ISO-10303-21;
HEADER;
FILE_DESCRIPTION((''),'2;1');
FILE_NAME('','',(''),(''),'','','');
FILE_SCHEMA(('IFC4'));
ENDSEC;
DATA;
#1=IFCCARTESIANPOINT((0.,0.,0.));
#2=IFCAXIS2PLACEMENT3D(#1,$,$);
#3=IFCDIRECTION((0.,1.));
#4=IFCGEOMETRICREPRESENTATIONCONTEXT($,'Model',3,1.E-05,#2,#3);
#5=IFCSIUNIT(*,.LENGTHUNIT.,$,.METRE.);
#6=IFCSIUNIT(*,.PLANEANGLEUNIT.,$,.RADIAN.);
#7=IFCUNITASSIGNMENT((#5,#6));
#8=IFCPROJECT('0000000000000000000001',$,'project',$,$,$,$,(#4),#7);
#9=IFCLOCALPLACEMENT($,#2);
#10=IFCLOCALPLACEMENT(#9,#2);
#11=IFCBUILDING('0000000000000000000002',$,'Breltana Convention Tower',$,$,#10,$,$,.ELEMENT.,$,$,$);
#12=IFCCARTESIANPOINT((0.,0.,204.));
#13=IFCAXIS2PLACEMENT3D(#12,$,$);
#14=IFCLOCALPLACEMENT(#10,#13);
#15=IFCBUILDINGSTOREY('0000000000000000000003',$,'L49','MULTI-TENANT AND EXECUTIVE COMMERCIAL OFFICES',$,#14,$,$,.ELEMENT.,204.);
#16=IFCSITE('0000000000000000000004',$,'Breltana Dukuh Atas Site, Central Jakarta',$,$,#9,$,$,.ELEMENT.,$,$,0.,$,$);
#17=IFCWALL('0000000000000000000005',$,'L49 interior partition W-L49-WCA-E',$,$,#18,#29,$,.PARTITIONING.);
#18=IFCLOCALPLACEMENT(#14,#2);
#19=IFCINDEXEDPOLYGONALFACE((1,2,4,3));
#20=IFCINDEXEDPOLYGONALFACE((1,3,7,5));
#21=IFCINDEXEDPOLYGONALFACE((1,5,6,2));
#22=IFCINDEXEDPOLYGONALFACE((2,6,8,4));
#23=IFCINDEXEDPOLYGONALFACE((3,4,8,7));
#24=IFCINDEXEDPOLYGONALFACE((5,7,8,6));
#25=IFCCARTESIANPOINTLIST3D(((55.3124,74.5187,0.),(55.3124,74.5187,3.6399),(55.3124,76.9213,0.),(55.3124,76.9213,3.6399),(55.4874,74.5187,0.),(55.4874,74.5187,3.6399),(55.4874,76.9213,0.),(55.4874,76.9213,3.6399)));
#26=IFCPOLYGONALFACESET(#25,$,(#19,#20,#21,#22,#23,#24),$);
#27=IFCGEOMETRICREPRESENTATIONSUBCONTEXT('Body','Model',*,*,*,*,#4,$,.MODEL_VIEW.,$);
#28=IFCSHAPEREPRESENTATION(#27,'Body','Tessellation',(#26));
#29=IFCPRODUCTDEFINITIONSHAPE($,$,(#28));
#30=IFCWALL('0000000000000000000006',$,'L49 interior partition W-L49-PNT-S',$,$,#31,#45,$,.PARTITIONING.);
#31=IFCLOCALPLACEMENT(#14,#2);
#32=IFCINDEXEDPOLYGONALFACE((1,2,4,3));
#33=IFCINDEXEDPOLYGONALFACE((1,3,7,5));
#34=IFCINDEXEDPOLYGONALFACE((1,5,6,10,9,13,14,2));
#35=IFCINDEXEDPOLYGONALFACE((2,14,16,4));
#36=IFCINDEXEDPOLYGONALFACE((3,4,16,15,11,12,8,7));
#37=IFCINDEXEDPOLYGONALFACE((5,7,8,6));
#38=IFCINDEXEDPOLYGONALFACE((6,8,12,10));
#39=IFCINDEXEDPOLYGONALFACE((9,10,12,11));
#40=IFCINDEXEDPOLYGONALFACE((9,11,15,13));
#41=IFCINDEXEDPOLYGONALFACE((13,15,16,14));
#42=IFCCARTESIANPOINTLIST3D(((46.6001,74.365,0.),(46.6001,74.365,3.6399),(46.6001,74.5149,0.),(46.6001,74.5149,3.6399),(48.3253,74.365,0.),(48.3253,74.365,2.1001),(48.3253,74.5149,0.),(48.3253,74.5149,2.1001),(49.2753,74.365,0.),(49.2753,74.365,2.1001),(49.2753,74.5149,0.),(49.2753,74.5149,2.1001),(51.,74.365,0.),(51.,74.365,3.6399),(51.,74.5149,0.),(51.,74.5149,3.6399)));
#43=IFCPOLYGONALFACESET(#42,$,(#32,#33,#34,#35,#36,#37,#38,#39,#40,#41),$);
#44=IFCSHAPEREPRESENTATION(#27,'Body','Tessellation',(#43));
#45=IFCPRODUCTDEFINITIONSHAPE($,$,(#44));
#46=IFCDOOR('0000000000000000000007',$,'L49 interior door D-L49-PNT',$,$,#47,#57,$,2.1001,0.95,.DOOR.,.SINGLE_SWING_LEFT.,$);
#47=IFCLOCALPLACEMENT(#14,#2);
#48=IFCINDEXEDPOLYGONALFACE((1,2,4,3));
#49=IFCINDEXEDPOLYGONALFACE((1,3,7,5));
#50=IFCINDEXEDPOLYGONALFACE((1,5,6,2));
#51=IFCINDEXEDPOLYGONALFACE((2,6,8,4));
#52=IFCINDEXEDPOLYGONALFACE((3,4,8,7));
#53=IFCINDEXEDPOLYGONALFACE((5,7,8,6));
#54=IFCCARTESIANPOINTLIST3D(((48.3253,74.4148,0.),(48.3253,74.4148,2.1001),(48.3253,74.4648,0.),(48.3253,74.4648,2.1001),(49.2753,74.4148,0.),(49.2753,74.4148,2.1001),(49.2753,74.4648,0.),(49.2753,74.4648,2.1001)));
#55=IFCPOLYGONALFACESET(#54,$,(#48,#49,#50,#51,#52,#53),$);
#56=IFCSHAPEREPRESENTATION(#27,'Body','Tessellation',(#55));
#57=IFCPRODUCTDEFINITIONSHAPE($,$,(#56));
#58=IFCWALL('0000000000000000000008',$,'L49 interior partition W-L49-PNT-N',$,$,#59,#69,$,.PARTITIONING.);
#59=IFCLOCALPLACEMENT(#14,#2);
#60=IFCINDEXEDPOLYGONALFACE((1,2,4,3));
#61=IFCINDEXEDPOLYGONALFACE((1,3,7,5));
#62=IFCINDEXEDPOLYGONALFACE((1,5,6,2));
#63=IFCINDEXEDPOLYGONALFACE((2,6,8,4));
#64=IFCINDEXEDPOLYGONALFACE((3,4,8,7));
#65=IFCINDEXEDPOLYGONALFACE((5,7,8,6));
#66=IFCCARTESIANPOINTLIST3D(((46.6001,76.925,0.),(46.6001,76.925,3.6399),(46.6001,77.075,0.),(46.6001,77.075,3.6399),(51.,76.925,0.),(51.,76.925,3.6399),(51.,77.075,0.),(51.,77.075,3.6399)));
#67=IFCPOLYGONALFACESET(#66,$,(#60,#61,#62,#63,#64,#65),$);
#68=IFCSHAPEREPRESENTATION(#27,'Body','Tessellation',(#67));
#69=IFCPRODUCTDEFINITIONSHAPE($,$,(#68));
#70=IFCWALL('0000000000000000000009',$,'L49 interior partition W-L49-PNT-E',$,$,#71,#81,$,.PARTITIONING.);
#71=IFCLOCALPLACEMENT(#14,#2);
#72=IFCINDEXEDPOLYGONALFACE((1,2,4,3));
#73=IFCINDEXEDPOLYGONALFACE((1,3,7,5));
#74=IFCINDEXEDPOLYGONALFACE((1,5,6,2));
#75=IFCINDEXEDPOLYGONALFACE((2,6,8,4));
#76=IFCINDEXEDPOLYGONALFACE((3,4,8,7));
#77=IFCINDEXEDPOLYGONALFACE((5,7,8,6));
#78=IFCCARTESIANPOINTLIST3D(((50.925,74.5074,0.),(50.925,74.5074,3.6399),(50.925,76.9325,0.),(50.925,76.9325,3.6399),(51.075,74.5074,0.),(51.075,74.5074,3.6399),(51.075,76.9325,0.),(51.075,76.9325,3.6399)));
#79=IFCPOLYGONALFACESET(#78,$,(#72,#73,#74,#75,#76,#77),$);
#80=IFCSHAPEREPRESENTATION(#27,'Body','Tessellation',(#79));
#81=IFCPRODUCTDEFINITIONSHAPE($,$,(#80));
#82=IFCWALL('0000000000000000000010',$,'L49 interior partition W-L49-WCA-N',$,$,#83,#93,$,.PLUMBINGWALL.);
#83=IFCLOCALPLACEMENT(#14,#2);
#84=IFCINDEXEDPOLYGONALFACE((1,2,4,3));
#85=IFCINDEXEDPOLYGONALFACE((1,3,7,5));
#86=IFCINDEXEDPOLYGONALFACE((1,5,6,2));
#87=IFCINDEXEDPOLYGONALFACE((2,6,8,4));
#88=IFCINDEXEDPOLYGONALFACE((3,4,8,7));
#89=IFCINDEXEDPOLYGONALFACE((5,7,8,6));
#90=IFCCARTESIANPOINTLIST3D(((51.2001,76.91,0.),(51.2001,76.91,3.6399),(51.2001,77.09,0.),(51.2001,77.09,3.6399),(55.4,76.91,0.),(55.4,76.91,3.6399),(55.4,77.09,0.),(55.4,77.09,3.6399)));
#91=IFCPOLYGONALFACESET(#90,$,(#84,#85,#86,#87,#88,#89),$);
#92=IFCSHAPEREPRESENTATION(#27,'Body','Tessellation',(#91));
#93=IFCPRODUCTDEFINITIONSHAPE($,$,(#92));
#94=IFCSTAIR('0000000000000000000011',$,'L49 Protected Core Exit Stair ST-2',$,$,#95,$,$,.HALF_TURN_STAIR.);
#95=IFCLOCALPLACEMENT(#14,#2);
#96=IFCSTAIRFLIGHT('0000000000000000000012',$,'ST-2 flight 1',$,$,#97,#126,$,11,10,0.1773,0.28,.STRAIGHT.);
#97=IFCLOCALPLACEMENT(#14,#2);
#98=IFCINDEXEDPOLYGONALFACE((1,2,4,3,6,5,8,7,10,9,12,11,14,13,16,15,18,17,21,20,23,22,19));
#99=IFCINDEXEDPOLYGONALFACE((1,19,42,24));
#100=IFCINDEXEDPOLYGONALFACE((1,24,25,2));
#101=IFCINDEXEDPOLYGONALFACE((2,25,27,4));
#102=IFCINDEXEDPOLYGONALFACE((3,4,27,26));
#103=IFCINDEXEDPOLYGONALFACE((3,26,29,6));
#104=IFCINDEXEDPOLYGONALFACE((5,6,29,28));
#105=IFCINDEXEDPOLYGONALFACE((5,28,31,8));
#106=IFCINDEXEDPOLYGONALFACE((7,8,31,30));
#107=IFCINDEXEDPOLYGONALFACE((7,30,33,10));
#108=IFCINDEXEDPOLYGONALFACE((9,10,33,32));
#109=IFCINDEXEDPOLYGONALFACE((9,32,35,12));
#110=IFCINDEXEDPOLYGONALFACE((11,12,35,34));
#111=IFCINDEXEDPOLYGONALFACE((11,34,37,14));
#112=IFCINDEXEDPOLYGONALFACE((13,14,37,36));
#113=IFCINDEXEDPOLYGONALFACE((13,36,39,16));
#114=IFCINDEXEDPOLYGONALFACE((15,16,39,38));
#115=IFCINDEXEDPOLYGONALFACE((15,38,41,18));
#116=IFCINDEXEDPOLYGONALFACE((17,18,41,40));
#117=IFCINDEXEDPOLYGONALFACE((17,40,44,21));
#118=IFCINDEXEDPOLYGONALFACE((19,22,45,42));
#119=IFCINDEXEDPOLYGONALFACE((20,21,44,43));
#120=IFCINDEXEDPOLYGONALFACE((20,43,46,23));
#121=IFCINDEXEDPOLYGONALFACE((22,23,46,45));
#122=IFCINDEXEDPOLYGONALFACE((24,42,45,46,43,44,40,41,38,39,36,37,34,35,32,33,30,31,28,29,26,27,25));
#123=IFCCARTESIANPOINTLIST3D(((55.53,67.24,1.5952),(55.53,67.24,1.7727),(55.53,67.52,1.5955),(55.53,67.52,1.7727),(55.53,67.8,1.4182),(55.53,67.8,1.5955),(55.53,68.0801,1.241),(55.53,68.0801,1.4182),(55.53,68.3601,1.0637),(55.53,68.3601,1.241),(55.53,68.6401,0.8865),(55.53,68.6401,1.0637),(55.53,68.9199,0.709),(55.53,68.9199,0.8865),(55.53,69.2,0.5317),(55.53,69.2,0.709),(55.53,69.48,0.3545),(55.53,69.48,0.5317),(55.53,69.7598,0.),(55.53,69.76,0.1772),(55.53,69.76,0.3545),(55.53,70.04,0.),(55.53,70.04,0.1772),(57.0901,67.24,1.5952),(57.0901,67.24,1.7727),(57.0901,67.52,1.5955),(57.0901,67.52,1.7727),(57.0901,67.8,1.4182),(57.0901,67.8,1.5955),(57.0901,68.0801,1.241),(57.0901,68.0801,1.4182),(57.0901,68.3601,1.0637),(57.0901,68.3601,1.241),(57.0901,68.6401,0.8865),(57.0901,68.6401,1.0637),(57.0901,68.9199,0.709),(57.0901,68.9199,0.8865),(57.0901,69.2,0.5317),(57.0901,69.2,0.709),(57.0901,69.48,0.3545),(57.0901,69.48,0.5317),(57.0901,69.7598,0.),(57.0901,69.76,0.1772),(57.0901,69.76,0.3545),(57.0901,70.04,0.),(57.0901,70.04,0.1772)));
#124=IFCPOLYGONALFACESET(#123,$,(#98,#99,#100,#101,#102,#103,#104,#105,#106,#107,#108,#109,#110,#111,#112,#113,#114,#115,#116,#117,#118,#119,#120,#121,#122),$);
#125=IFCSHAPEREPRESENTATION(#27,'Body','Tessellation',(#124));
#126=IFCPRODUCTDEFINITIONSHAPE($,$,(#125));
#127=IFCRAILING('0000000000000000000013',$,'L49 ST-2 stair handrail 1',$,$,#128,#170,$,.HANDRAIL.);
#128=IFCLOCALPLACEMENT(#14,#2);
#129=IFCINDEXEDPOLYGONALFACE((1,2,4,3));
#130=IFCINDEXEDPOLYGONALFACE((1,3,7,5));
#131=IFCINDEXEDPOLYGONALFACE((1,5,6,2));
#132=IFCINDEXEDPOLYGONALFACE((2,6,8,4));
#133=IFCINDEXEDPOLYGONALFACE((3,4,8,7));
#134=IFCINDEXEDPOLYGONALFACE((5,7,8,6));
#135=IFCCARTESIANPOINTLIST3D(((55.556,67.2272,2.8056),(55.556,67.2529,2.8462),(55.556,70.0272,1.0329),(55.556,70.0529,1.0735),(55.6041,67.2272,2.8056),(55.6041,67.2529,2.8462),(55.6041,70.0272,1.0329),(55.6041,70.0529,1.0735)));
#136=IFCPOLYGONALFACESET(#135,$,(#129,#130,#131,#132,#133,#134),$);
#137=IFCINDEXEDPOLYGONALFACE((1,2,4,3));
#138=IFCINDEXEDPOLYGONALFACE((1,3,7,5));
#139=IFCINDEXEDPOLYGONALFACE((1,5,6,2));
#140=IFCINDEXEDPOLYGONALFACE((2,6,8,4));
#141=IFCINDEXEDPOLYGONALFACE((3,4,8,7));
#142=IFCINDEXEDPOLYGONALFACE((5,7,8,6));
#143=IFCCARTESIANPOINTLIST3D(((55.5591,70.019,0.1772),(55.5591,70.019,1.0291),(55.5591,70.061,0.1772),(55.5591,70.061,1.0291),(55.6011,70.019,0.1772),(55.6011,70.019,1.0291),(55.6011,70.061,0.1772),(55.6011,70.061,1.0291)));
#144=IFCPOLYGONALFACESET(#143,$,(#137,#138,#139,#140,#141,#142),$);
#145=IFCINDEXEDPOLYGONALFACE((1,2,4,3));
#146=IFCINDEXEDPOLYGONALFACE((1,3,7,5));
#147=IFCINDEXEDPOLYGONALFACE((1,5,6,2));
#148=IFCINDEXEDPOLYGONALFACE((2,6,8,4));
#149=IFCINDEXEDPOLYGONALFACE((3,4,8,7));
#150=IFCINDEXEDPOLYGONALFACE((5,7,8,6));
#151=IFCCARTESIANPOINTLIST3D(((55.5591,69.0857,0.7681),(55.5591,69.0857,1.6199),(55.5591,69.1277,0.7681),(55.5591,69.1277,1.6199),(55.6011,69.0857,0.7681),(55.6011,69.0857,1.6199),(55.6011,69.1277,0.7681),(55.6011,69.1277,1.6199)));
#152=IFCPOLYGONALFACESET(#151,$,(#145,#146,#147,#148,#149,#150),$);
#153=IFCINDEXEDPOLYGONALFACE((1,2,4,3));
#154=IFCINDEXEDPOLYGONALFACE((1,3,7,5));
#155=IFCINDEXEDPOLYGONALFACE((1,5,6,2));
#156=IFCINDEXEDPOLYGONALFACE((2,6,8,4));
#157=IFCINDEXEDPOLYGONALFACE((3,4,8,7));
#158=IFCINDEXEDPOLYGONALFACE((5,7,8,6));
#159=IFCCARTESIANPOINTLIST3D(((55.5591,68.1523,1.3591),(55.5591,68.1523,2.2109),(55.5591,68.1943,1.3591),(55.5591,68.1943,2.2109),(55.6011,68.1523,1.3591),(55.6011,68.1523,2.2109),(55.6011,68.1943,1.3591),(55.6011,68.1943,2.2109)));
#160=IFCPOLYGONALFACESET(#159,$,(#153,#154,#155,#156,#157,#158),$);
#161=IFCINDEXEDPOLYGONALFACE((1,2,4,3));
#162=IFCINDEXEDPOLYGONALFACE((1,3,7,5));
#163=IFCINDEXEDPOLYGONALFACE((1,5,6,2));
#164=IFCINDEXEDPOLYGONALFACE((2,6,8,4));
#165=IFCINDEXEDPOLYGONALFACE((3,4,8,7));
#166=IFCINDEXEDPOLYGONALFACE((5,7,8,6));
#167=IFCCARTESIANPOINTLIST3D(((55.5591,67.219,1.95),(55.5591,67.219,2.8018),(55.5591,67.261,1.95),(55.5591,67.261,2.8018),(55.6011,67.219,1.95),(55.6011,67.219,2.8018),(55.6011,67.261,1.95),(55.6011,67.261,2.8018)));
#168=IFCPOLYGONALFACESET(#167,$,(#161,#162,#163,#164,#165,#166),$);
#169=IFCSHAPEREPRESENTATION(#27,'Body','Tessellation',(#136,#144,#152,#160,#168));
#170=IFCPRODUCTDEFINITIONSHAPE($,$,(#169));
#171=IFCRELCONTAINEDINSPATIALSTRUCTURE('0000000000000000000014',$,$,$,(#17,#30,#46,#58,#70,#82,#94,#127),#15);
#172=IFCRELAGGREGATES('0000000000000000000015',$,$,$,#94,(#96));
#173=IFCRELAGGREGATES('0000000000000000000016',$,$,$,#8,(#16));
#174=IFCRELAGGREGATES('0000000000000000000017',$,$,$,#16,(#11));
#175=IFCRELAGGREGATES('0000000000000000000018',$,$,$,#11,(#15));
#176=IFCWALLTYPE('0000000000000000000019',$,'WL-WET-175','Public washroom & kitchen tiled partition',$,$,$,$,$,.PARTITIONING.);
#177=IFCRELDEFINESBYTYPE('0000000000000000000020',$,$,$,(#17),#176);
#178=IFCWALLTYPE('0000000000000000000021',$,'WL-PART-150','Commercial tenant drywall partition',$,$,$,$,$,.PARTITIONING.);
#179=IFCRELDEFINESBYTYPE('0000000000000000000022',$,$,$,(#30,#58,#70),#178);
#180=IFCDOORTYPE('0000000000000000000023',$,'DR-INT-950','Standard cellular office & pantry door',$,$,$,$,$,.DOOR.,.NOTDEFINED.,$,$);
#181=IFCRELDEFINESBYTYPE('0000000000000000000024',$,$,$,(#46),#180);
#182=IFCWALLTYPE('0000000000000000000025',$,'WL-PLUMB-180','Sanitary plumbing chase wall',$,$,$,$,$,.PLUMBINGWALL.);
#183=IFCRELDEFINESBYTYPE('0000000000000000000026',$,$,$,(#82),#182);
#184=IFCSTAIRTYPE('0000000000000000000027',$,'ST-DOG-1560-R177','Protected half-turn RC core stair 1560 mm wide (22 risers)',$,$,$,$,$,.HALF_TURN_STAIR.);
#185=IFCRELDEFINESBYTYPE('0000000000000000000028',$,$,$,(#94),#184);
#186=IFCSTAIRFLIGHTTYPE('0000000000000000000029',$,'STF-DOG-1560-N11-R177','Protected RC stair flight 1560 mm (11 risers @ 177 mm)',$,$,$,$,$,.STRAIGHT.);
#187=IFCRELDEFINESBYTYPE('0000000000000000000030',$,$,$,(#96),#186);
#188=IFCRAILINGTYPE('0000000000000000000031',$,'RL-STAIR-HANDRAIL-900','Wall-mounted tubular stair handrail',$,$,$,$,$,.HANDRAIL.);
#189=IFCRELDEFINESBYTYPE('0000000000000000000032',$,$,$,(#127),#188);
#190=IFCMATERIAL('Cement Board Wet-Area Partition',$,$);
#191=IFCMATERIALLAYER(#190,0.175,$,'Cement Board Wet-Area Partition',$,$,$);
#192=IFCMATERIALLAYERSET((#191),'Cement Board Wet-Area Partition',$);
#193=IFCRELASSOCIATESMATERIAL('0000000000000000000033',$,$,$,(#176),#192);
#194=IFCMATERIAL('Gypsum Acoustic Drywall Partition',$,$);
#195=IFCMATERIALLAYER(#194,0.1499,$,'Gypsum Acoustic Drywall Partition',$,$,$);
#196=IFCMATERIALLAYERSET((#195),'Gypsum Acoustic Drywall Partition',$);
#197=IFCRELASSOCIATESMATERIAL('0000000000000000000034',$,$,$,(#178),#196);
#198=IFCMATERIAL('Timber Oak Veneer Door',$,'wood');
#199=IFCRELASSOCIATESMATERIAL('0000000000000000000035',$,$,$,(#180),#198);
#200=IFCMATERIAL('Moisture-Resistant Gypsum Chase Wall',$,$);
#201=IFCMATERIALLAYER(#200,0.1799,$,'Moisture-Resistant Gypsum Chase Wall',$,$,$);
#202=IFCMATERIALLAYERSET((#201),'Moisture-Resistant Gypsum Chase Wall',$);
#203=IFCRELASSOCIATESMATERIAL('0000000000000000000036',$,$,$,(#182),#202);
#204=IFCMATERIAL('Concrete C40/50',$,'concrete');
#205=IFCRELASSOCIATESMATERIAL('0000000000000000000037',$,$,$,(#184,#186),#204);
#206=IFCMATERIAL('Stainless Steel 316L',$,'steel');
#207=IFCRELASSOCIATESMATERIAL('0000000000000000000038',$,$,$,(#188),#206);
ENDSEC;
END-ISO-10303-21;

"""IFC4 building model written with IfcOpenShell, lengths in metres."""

from ifc_helpers import new_model, si_unit, direction, frame, frame_2d, origin, origin_2d, place, context, subcontext, project, spatial, polyline, rectangle, outline, extrude, source, transform, mapped, material, layer, layer_set, type_object, type_shapes, element, fill, aggregate, save


model = new_model("IFC4")

# Units and contexts
model_context = context("Model", 3, precision=1e-05, world=origin(), true_north=direction((0.0, 1.0)))
body_context = subcontext(model_context, "Body", "Model", "MODEL_VIEW")
ifc_project = project(units=[si_unit("LENGTHUNIT", "METRE"), si_unit("PLANEANGLEUNIT", "RADIAN")], contexts=[model_context])

# Site, building, storey
site_placement = place(None, origin())
site = spatial("IfcSite", under=ifc_project, at=site_placement, Name="Breltana Dukuh Atas Site, Central Jakarta", CompositionType="ELEMENT", RefElevation=0.0)
building_placement = place(site_placement, origin())
building = spatial("IfcBuilding", under=site, at=building_placement, Name="Breltana Convention Tower", CompositionType="ELEMENT")
storey_placement = place(building_placement, frame((0.0, 0.0, 204.0)))
storey = spatial("IfcBuildingStorey", under=building, at=storey_placement, Name="L49", Description="MULTI-TENANT AND EXECUTIVE COMMERCIAL OFFICES", CompositionType="ELEMENT", Elevation=204.0)

# Wall
ifc_material_1 = material(Name="Cement Board Wet-Area Partition")
ifc_layer_1 = layer(ifc_material_1, 0.175, Name="Cement Board Wet-Area Partition")
ifc_layer_set_1 = layer_set([ifc_layer_1], Name="Cement Board Wet-Area Partition")
wall_type_1 = type_object("IfcWallType", Name="WL-WET-175", Description="Public washroom & kitchen tiled partition", PredefinedType="PARTITIONING", material=ifc_layer_set_1)
shared_shape_1 = source(origin(), body_context, "Body", "SweptSolid", [
    extrude(rectangle(XDim=2.4026, YDim=0.175, at=frame_2d((1.2012, 0.0))), origin(), (0.0, 0.0, 1.0), 3.6399),
])
for number, where, z_axis, x_axis, name in (
    (1, (55.3999, 74.5188, 0.0), (0.0, 0.0, 1.0), (0.0, 1.0, 0.0), "L49 interior partition W-L49-WCA-E"),
):
    element("IfcWall", number, at=place(storey_placement, frame(where, z_axis=z_axis, x_axis=x_axis)), inside=storey, type_object=wall_type_1, Name=name, PredefinedType="PARTITIONING", context=body_context, shape_type="MappedRepresentation", body=[
        mapped(shared_shape_1, transform((0.0, 0.0, 0.0), scale=1.0)),
    ])

# Wall, opening, door
ifc_material_2 = material(Name="Gypsum Acoustic Drywall Partition")
ifc_layer_2 = layer(ifc_material_2, 0.1499, Name="Gypsum Acoustic Drywall Partition")
ifc_layer_set_2 = layer_set([ifc_layer_2], Name="Gypsum Acoustic Drywall Partition")
wall_type_2 = type_object("IfcWallType", Name="WL-PART-150", Description="Commercial tenant drywall partition", PredefinedType="PARTITIONING", material=ifc_layer_set_2)
shared_shape_2 = source(origin(), body_context, "Body", "SweptSolid", [
    extrude(rectangle(XDim=4.3999, YDim=0.1499, at=frame_2d((2.2, 0.0))), origin(), (0.0, 0.0, 1.0), 3.6399),
])
wall_1_placement = place(storey_placement, frame((46.6001, 74.4399, 0.0), z_axis=(0.0, 0.0, 1.0), x_axis=(1.0, 0.0, 0.0)))
wall_1 = element("IfcWall", 2, at=wall_1_placement, inside=storey, type_object=wall_type_2, Name="L49 interior partition W-L49-PNT-S", PredefinedType="PARTITIONING", context=body_context, shape_type="MappedRepresentation", body=[
    mapped(shared_shape_2, transform((0.0, 0.0, 0.0), scale=1.0)),
])
opening_1_placement = place(wall_1_placement, frame((1.7251, 0.0, 0.0)))
opening_1 = element("IfcOpeningElement", 3, at=opening_1_placement, cuts=wall_1, PredefinedType="OPENING", context=body_context, shape_type="SweptSolid", body=[
    extrude(rectangle(XDim=0.95, YDim=2.1001, at=frame_2d((0.4751, 1.05))), frame((0.0, 0.085, 0.0), z_axis=(0.0, -1.0, 0.0), x_axis=(1.0, 0.0, 0.0)), (0.0, 0.0, 1.0), 0.1699),
])
ifc_material_3 = material(Name="Timber Oak Veneer Door", Category="wood")
door_type_1 = type_object("IfcDoorType", Name="DR-INT-950", Description="Standard cellular office & pantry door", OperationType="NOTDEFINED", PredefinedType="DOOR", material=ifc_material_3)
shared_shape_3 = source(origin(), body_context, "Body", "SweptSolid", [
    extrude(rectangle(XDim=0.95, YDim=2.1001, at=frame_2d((0.4751, 1.05))), frame((0.0, 0.0249, 0.0), z_axis=(0.0, -1.0, 0.0), x_axis=(1.0, 0.0, 0.0)), (0.0, 0.0, 1.0), 0.05),
])
type_shapes(door_type_1, [shared_shape_3])
door_1_placement = place(opening_1_placement, origin())
door_1 = element("IfcDoor", 4, at=door_1_placement, inside=storey, type_object=door_type_1, Name="L49 interior door D-L49-PNT", OperationType="SINGLE_SWING_LEFT", OverallHeight=2.1001, OverallWidth=0.95, PredefinedType="DOOR", context=body_context, shape_type="MappedRepresentation", body=[
    mapped(shared_shape_3, transform((0.0, 0.0, 0.0), scale=1.0)),
])
fill(opening_1, door_1)

# Walls
wall_2_placement = place(storey_placement, frame((46.6001, 77.0, 0.0), z_axis=(0.0, 0.0, 1.0), x_axis=(1.0, 0.0, 0.0)))
element("IfcWall", 5, at=wall_2_placement, inside=storey, type_object=wall_type_2, Name="L49 interior partition W-L49-PNT-N", PredefinedType="PARTITIONING", context=body_context, shape_type="MappedRepresentation", body=[
    mapped(shared_shape_2, transform((0.0, 0.0, 0.0), scale=1.0)),
])
shared_shape_4 = source(origin(), body_context, "Body", "SweptSolid", [
    extrude(rectangle(XDim=2.425, YDim=0.1499, at=frame_2d((1.2124, 0.0))), origin(), (0.0, 0.0, 1.0), 3.6399),
])
wall_3_placement = place(storey_placement, frame((51.0, 74.5076, 0.0), z_axis=(0.0, 0.0, 1.0), x_axis=(0.0, 1.0, 0.0)))
element("IfcWall", 6, at=wall_3_placement, inside=storey, type_object=wall_type_2, Name="L49 interior partition W-L49-PNT-E", PredefinedType="PARTITIONING", context=body_context, shape_type="MappedRepresentation", body=[
    mapped(shared_shape_4, transform((0.0, 0.0, 0.0), scale=1.0)),
])

# Wall
ifc_material_4 = material(Name="Moisture-Resistant Gypsum Chase Wall")
ifc_layer_3 = layer(ifc_material_4, 0.1799, Name="Moisture-Resistant Gypsum Chase Wall")
ifc_layer_set_3 = layer_set([ifc_layer_3], Name="Moisture-Resistant Gypsum Chase Wall")
wall_type_3 = type_object("IfcWallType", Name="WL-PLUMB-180", Description="Sanitary plumbing chase wall", PredefinedType="PLUMBINGWALL", material=ifc_layer_set_3)
shared_shape_5 = source(origin(), body_context, "Body", "SweptSolid", [
    extrude(rectangle(XDim=4.2, YDim=0.1799, at=frame_2d((2.1001, 0.0))), origin(), (0.0, 0.0, 1.0), 3.6399),
])
wall_4_placement = place(storey_placement, frame((51.2, 77.0, 0.0), z_axis=(0.0, 0.0, 1.0), x_axis=(1.0, 0.0, 0.0)))
element("IfcWall", 7, at=wall_4_placement, inside=storey, type_object=wall_type_3, Name="L49 interior partition W-L49-WCA-N", PredefinedType="PLUMBINGWALL", context=body_context, shape_type="MappedRepresentation", body=[
    mapped(shared_shape_5, transform((0.0, 0.0, 0.0), scale=1.0)),
])

# Stair, stair flight
ifc_material_5 = material(Name="Concrete C40/50", Category="concrete")
stair_type = type_object("IfcStairType", Name="ST-DOG-1560-R177", Description="Protected half-turn RC core stair 1560 mm wide (22 risers)", PredefinedType="HALF_TURN_STAIR", material=ifc_material_5)
stair_placement = place(storey_placement, origin())
stair = element("IfcStair", 8, at=stair_placement, inside=storey, type_object=stair_type, Name="L49 Protected Core Exit Stair ST-2", PredefinedType="HALF_TURN_STAIR")
stair_flight_type = type_object("IfcStairFlightType", Name="STF-DOG-1560-N11-R177", Description="Protected RC stair flight 1560 mm (11 risers @ 177 mm)", PredefinedType="STRAIGHT", material=ifc_material_5)
stair_flight_placement = place(storey_placement, frame((56.3101, 70.04, 0.0), z_axis=(0.0, 0.0, 1.0), x_axis=(0.0, -1.0, 0.0)))
stair_flight = element("IfcStairFlight", 9, at=stair_flight_placement, type_object=stair_flight_type, Name="ST-2 flight 1", NumberOfRisers=11, NumberOfTreads=10, PredefinedType="STRAIGHT", RiserHeight=0.1773, TreadLength=0.28, context=body_context, shape_type="SweptSolid", body=[
    extrude(outline(polyline([(0.0, 0.0), (0.0, 0.1772), (0.28, 0.1772), (0.28, 0.3545), (0.5601, 0.3545), (0.5601, 0.5317), (0.8401, 0.5317), (0.8401, 0.709), (1.1201, 0.709), (1.1201, 0.8865), (1.3999, 0.8865), (1.3999, 1.0637), (1.6799, 1.0637), (1.6799, 1.241), (1.96, 1.241), (1.96, 1.4182), (2.24, 1.4182), (2.24, 1.5955), (2.52, 1.5955), (2.52, 1.7727), (2.8, 1.7727), (2.8, 1.95), (2.8, 1.5952), (0.2803, 0.0), (0.0, 0.0)])), frame((0.0, 0.78, 0.0), z_axis=(0.0, -1.0, 0.0), x_axis=(1.0, 0.0, 0.0)), (0.0, 0.0, 1.0), 1.5601),
])
aggregate(stair, [stair_flight])

# Railing
ifc_material_6 = material(Name="Stainless Steel 316L", Category="steel")
railing_type = type_object("IfcRailingType", Name="RL-STAIR-HANDRAIL-900", Description="Wall-mounted tubular stair handrail", PredefinedType="HANDRAIL", material=ifc_material_6)
railing_placement = place(storey_placement, frame((55.5801, 70.04, 0.1772)))
element("IfcRailing", 10, at=railing_placement, inside=storey, type_object=railing_type, Name="L49 ST-2 stair handrail 1", PredefinedType="HANDRAIL", context=body_context, shape_type="SweptSolid", body=[
    extrude(rectangle(XDim=0.0481, YDim=0.0481, at=origin_2d()), frame((0.0, 0.0, 0.876), z_axis=(0.0, -0.844909, 0.53491), x_axis=(1.0, 0.0, 0.0)), (0.0, 0.0, 1.0), 3.314),
    extrude(rectangle(XDim=0.042, YDim=0.042, at=origin_2d()), origin(), (0.0, 0.0, 1.0), 0.8518),
    extrude(rectangle(XDim=0.042, YDim=0.042, at=origin_2d()), frame((0.0, -0.9333, 0.5908)), (0.0, 0.0, 1.0), 0.8518),
    extrude(rectangle(XDim=0.042, YDim=0.042, at=origin_2d()), frame((0.0, -1.8667, 1.1819)), (0.0, 0.0, 1.0), 0.8518),
    extrude(rectangle(XDim=0.042, YDim=0.042, at=origin_2d()), frame((0.0, -2.8, 1.7727)), (0.0, 0.0, 1.0), 0.8518),
])

save(model, "model.ifc")
